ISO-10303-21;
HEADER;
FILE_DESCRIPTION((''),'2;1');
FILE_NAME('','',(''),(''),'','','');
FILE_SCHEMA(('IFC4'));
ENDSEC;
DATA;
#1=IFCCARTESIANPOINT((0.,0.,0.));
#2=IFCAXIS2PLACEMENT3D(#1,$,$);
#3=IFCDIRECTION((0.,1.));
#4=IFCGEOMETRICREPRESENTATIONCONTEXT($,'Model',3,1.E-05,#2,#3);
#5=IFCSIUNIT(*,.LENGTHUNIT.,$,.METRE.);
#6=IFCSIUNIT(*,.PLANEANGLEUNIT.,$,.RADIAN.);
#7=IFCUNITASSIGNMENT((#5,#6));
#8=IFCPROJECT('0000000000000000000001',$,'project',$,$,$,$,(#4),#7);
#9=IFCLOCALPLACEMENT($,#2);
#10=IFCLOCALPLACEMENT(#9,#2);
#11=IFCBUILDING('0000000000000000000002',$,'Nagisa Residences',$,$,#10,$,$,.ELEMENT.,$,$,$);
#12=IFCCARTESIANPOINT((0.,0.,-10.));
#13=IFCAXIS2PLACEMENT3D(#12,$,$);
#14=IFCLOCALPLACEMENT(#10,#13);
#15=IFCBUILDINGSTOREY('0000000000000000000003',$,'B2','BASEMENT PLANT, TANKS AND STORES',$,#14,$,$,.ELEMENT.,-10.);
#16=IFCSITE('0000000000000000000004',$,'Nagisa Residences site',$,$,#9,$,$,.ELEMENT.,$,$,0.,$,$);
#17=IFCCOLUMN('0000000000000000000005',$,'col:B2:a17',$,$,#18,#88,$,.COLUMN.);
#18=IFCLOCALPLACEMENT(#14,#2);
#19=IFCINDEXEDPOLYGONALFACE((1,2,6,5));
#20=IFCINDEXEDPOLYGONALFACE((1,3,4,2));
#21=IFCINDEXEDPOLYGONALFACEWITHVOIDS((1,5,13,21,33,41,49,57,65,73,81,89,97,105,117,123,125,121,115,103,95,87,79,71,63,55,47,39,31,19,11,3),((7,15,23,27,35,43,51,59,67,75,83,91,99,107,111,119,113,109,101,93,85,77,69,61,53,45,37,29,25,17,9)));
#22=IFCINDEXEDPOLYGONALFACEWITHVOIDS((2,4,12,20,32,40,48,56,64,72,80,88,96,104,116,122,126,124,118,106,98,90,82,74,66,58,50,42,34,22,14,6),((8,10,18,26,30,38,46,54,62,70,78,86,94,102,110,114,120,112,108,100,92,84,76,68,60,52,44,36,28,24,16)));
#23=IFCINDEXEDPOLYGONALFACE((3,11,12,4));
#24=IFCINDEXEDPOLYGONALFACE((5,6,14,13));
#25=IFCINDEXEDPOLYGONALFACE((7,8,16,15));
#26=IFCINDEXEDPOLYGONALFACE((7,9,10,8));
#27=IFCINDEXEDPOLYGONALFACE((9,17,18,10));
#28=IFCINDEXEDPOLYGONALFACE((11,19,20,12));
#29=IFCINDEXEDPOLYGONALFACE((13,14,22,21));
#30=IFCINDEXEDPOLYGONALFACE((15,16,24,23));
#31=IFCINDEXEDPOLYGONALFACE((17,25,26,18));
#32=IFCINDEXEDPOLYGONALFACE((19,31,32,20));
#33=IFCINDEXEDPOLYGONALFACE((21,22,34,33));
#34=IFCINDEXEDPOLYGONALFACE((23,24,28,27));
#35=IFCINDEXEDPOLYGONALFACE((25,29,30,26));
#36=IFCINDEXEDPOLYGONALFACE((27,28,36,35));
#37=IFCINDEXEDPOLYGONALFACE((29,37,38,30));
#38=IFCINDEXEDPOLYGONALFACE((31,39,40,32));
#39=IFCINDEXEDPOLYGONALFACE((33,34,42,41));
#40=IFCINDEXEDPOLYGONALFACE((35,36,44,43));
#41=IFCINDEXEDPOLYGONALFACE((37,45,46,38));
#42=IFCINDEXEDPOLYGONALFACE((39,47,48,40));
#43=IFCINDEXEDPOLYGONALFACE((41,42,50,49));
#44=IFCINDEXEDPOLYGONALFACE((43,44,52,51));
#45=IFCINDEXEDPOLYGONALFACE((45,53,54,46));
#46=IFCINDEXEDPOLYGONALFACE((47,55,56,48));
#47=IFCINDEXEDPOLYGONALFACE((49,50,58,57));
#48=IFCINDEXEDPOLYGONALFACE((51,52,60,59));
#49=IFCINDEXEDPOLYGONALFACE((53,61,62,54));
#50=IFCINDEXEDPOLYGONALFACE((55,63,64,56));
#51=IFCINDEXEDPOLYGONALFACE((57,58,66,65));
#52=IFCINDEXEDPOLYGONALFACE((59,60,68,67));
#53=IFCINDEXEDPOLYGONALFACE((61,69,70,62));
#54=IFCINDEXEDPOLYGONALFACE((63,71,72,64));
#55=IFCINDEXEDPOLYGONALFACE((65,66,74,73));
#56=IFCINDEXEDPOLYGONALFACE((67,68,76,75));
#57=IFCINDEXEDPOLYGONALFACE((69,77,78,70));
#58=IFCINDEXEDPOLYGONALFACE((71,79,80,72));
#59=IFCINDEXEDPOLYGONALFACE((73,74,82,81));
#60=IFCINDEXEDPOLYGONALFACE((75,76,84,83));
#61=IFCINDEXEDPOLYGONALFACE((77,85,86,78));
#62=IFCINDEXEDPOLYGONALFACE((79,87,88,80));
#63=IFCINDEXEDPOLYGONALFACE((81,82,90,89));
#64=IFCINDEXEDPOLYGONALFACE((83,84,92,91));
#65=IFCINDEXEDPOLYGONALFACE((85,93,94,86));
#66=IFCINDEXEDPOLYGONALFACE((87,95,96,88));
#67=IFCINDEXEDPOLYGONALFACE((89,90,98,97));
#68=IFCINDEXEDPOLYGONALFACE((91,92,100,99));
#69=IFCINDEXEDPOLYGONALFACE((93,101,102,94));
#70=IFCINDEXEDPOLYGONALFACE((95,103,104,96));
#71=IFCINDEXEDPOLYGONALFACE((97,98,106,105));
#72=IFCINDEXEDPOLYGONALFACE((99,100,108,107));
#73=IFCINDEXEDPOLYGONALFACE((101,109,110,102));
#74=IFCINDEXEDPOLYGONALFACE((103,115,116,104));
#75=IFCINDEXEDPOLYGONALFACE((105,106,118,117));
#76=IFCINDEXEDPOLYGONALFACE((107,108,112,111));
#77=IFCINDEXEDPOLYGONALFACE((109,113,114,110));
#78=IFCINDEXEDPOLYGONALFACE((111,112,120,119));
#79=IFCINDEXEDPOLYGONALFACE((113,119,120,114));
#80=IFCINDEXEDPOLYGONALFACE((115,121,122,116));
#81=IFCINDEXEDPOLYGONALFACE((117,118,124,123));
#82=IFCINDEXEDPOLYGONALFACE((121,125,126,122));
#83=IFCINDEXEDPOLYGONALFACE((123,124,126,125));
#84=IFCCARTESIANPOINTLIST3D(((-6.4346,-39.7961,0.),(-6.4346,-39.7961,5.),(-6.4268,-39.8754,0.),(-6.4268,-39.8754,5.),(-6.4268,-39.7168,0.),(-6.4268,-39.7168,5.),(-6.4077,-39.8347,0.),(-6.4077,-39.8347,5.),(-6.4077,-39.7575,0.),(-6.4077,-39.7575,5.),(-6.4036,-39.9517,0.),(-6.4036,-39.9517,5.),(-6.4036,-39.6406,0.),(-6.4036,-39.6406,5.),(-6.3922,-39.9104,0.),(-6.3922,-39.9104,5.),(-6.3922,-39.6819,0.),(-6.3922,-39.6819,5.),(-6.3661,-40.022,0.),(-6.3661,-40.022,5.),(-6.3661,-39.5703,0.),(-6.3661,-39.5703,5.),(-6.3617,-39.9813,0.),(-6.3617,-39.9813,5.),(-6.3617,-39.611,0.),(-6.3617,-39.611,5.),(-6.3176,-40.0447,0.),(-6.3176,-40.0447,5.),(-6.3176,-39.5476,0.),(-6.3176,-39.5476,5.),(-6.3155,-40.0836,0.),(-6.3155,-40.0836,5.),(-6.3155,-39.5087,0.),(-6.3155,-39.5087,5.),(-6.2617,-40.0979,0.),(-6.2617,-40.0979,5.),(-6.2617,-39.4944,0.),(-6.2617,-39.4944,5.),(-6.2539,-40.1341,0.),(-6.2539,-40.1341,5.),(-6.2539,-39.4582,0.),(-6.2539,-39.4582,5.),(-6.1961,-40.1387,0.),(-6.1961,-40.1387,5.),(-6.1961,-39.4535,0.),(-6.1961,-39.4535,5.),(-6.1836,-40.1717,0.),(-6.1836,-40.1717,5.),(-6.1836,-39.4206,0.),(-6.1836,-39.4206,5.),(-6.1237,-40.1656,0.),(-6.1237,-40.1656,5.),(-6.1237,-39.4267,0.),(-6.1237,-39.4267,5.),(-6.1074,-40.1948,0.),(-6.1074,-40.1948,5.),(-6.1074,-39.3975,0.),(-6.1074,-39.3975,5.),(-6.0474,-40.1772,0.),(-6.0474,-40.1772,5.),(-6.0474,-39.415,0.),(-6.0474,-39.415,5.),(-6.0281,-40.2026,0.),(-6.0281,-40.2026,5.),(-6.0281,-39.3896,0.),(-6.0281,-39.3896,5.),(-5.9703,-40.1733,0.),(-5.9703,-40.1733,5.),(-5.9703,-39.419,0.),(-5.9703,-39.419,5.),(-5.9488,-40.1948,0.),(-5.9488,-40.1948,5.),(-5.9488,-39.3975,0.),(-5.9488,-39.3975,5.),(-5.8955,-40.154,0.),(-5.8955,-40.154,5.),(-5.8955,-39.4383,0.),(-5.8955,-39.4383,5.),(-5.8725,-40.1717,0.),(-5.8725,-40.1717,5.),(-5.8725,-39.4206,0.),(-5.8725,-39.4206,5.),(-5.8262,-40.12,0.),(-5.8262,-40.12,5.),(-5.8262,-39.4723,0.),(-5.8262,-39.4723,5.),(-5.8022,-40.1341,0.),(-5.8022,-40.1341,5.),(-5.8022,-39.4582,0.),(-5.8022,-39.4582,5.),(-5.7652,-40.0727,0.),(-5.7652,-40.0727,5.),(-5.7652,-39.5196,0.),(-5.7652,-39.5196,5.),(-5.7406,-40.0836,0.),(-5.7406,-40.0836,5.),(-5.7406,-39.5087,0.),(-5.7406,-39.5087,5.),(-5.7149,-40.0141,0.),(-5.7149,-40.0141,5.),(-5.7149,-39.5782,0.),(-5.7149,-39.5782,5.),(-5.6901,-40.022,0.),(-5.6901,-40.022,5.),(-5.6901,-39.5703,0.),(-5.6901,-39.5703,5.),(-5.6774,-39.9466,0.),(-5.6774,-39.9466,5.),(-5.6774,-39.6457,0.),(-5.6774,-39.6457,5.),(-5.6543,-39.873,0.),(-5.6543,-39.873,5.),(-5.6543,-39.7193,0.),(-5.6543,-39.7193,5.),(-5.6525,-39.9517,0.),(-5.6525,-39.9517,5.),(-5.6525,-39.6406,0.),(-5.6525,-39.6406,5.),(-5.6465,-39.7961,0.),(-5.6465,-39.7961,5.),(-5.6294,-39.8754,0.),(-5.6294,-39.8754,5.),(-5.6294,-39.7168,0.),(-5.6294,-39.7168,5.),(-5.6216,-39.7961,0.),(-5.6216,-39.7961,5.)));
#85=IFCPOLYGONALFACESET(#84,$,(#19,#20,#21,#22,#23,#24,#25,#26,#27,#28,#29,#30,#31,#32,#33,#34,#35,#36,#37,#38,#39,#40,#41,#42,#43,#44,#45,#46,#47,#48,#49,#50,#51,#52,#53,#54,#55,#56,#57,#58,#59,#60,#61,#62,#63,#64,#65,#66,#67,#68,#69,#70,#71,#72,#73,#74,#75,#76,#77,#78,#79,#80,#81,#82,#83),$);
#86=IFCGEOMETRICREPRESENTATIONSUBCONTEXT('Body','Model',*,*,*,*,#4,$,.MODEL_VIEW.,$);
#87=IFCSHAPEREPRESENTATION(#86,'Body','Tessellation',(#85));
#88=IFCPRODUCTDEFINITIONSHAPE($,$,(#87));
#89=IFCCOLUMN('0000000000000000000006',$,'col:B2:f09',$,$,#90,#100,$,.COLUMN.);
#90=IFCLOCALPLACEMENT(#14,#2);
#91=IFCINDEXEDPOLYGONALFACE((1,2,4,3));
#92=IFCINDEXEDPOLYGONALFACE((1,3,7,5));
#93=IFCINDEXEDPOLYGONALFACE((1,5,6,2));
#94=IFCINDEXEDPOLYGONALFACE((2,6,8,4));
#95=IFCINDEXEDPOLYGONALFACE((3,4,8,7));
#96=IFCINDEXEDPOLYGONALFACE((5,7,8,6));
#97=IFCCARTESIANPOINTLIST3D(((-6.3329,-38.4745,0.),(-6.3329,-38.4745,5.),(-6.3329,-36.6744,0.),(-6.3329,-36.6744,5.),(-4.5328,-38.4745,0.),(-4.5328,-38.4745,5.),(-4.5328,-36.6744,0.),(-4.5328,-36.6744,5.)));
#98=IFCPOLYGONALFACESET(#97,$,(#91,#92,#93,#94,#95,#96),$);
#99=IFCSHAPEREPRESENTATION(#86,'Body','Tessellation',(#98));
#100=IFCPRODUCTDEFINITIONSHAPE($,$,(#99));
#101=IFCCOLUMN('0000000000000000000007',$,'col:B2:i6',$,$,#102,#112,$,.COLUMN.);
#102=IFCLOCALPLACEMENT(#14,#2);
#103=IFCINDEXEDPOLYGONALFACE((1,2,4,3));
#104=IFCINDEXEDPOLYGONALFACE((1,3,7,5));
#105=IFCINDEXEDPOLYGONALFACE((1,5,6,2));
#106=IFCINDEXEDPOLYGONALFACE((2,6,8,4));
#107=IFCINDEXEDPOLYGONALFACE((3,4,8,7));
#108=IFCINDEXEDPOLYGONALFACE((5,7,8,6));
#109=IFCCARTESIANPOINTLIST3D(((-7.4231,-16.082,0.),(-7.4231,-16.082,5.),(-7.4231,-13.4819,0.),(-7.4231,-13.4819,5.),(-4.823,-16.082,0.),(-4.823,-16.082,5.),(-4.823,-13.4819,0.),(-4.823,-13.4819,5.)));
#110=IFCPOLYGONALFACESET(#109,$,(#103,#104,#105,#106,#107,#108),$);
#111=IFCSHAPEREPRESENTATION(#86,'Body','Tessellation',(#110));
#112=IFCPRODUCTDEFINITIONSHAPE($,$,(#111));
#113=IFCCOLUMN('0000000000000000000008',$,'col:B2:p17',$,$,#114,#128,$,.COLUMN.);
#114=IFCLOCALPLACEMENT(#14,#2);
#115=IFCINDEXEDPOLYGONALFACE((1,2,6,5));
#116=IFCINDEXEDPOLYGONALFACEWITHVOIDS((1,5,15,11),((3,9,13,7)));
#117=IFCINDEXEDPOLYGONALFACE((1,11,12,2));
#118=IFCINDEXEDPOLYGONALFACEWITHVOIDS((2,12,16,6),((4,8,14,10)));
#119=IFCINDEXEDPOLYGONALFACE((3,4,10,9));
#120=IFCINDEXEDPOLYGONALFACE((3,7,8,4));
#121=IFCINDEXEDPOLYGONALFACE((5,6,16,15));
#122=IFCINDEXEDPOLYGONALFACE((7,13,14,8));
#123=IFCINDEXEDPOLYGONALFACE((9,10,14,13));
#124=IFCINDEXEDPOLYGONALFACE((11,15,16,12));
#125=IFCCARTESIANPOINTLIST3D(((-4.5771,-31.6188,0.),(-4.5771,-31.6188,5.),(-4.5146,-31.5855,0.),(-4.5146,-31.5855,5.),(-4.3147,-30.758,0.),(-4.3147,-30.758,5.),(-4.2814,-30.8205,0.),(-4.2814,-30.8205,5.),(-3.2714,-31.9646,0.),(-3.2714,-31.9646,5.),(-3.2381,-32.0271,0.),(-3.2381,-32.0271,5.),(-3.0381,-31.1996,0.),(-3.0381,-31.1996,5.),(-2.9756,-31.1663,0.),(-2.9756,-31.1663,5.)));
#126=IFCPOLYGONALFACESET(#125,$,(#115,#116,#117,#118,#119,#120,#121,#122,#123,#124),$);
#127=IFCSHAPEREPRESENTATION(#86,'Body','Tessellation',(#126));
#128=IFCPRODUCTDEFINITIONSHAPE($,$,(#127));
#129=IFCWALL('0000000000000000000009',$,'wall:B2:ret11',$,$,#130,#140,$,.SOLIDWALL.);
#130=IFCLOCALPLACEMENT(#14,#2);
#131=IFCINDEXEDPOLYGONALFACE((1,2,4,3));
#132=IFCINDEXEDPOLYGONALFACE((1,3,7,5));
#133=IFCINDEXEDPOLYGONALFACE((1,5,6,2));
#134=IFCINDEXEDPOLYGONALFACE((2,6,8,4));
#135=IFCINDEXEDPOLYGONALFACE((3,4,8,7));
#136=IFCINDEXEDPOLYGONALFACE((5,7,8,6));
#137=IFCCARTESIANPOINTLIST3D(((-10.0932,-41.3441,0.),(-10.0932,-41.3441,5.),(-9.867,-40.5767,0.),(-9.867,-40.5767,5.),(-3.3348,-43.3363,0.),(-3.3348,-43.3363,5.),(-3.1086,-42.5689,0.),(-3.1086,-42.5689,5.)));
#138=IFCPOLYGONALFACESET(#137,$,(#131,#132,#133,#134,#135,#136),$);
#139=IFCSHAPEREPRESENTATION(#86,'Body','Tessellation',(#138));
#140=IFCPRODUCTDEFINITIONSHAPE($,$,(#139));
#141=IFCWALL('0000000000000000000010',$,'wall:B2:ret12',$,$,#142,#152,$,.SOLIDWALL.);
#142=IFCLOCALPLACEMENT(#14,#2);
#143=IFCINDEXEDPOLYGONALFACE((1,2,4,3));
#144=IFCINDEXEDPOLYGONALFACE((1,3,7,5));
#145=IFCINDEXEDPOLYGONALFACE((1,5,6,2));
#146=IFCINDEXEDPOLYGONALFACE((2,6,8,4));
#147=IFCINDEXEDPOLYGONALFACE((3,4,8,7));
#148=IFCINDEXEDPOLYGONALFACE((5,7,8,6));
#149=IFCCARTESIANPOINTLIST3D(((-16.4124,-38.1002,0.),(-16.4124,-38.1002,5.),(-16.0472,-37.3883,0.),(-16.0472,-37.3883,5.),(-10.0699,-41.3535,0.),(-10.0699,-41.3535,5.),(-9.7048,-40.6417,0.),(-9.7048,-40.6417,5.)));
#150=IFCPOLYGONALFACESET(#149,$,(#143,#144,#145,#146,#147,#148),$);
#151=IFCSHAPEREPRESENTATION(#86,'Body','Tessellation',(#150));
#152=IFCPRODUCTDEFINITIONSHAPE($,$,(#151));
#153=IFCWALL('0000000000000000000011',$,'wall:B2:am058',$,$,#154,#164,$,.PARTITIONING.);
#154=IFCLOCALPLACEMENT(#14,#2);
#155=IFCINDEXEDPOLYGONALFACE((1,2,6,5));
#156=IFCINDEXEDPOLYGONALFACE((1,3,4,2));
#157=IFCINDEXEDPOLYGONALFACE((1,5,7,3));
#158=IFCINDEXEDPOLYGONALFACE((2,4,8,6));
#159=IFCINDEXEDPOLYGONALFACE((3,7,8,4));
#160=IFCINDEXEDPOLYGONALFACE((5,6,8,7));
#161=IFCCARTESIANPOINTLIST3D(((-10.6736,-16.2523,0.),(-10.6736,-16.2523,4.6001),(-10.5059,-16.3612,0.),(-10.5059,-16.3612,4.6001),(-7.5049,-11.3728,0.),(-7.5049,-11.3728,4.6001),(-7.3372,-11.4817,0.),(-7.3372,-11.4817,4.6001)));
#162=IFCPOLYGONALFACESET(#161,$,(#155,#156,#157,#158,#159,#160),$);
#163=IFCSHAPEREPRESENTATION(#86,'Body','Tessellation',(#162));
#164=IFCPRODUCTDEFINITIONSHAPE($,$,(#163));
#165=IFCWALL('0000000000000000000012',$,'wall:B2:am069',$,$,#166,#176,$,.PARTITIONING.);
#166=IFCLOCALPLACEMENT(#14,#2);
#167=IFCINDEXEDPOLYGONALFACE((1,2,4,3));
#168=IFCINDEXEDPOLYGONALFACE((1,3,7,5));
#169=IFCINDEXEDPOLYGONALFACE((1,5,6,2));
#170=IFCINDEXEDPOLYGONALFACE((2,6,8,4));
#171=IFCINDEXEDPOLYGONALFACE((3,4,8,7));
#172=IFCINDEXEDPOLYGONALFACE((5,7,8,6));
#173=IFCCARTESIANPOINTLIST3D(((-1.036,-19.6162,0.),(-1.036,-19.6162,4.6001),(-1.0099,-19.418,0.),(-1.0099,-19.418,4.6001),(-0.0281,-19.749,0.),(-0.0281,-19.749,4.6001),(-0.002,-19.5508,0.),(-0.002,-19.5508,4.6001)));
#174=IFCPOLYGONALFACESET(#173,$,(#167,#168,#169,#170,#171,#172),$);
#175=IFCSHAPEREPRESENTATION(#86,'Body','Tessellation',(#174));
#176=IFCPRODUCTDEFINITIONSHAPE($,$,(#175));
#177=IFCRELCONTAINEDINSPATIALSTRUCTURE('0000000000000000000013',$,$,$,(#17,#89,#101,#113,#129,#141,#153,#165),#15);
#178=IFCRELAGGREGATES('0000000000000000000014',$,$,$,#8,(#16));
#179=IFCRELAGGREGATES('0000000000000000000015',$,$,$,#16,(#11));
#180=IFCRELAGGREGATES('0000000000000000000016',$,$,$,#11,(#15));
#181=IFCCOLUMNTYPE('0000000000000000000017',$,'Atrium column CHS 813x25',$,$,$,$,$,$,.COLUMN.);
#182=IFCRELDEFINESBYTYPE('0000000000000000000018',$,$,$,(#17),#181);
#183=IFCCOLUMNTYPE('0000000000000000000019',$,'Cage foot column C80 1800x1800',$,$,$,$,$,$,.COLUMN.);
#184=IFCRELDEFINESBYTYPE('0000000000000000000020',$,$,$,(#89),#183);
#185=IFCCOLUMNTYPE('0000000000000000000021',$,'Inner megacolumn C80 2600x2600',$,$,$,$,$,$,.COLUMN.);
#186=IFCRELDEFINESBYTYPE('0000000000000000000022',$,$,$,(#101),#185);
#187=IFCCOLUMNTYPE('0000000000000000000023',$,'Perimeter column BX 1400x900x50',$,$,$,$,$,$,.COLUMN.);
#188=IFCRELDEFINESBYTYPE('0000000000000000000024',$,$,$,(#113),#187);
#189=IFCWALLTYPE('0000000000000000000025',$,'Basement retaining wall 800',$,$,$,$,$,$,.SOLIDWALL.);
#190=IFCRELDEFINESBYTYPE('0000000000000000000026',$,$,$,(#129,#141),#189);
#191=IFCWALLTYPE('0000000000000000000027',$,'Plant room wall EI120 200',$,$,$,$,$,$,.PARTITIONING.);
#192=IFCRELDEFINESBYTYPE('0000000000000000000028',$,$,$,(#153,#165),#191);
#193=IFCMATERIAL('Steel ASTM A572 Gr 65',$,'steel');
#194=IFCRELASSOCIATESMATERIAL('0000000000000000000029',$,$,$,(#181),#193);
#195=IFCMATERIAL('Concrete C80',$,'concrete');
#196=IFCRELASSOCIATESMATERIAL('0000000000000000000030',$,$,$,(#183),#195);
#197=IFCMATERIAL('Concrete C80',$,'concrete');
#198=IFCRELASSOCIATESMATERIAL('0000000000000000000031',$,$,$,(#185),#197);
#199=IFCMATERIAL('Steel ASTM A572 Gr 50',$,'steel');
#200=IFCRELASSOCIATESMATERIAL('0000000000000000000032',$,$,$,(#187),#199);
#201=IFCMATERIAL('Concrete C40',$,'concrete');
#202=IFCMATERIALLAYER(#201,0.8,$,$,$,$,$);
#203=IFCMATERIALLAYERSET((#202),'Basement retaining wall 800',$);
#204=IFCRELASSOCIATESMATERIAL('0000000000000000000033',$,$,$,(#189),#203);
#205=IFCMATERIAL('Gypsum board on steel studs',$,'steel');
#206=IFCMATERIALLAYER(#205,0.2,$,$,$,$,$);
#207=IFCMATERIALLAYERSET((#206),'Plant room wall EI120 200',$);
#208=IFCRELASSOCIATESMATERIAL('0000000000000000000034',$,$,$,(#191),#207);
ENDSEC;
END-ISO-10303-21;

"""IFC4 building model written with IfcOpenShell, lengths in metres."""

from ifc_helpers import new_model, si_unit, direction, frame, frame_2d, origin, origin_2d, place, context, subcontext, project, spatial, rectangle, hollow_rectangle, hollow_circle, extrude, material, layer, layer_set, material_profile, profile_set, type_object, element, save


model = new_model("IFC4")

# Units and contexts
model_context = context("Model", 3, precision=1e-05, world=origin(), true_north=direction((0.0, 1.0)))
body_context = subcontext(model_context, "Body", "Model", "MODEL_VIEW")
ifc_project = project(units=[si_unit("LENGTHUNIT", "METRE"), si_unit("PLANEANGLEUNIT", "RADIAN")], contexts=[model_context])

# Site, building, storey
site_placement = place(None, origin())
site = spatial("IfcSite", under=ifc_project, at=site_placement, Name="Nagisa Residences site", CompositionType="ELEMENT", RefElevation=0.0)
building_placement = place(site_placement, origin())
building = spatial("IfcBuilding", under=site, at=building_placement, Name="Nagisa Residences", CompositionType="ELEMENT")
storey_placement = place(building_placement, frame((0.0, 0.0, -10.0)))
storey = spatial("IfcBuildingStorey", under=building, at=storey_placement, Name="B2", Description="BASEMENT PLANT, TANKS AND STORES", CompositionType="ELEMENT", Elevation=-10.0)

# Columns
ifc_material_1 = material(Name="Steel ASTM A572 Gr 65", Category="steel")
ifc_material_profile_1 = material_profile(ifc_material_1, hollow_circle(Radius=0.4065, WallThickness=0.0249, at=origin_2d()), Name="CHS 813x25")
ifc_profile_set_1 = profile_set([ifc_material_profile_1], Name="Steel ASTM A572 Gr 65")
column_type_1 = type_object("IfcColumnType", Name="Atrium column CHS 813x25", PredefinedType="COLUMN", material=ifc_profile_set_1)
column_1_placement = place(storey_placement, frame((-6.0281, -39.7961, 0.0), z_axis=(0.0, 0.0, 1.0), x_axis=(1.0, 0.0, 0.0)))
element("IfcColumn", 1, at=column_1_placement, inside=storey, type_object=column_type_1, Name="col:B2:a17", PredefinedType="COLUMN", context=body_context, shape_type="SweptSolid", body=[
    extrude(hollow_circle(Radius=0.4065, WallThickness=0.0249, at=origin_2d()), origin(), (0.0, 0.0, 1.0), 5.0),
])
ifc_material_2 = material(Name="Concrete C80", Category="concrete")
ifc_material_profile_2 = material_profile(ifc_material_2, rectangle(XDim=1.8, YDim=1.8, at=origin_2d()), Name="C80 1800x1800")
ifc_profile_set_2 = profile_set([ifc_material_profile_2], Name="Concrete C80")
column_type_2 = type_object("IfcColumnType", Name="Cage foot column C80 1800x1800", PredefinedType="COLUMN", material=ifc_profile_set_2)
column_2_placement = place(storey_placement, frame((-5.4329, -37.5745, 0.0), z_axis=(0.0, 0.0, 1.0), x_axis=(1.0, 0.0, 0.0)))
element("IfcColumn", 2, at=column_2_placement, inside=storey, type_object=column_type_2, Name="col:B2:f09", PredefinedType="COLUMN", context=body_context, shape_type="SweptSolid", body=[
    extrude(rectangle(XDim=1.8, YDim=1.8, at=origin_2d()), origin(), (0.0, 0.0, 1.0), 5.0),
])
ifc_material_3 = material(Name="Concrete C80", Category="concrete")
ifc_material_profile_3 = material_profile(ifc_material_3, rectangle(XDim=2.6001, YDim=2.6001, at=origin_2d()), Name="C80 2600x2600")
ifc_profile_set_3 = profile_set([ifc_material_profile_3], Name="Concrete C80")
column_type_3 = type_object("IfcColumnType", Name="Inner megacolumn C80 2600x2600", PredefinedType="COLUMN", material=ifc_profile_set_3)
column_3_placement = place(storey_placement, frame((-6.123, -14.782, 0.0), z_axis=(0.0, 0.0, 1.0), x_axis=(1.0, 0.0, 0.0)))
element("IfcColumn", 3, at=column_3_placement, inside=storey, type_object=column_type_3, Name="col:B2:i6", PredefinedType="COLUMN", context=body_context, shape_type="SweptSolid", body=[
    extrude(rectangle(XDim=2.6001, YDim=2.6001, at=origin_2d()), origin(), (0.0, 0.0, 1.0), 5.0),
])
ifc_material_4 = material(Name="Steel ASTM A572 Gr 50", Category="steel")
ifc_material_profile_4 = material_profile(ifc_material_4, hollow_rectangle(XDim=1.3999, YDim=0.8999, WallThickness=0.05, at=origin_2d()), Name="BX 1400x900x50")
ifc_profile_set_4 = profile_set([ifc_material_profile_4], Name="Steel ASTM A572 Gr 50")
column_type_4 = type_object("IfcColumnType", Name="Perimeter column BX 1400x900x50", PredefinedType="COLUMN", material=ifc_profile_set_4)
column_4_placement = place(storey_placement, frame((-3.7764, -31.3926, 0.0), z_axis=(0.0, 0.0, 1.0), x_axis=(0.956525, -0.291652, 0.0)))
element("IfcColumn", 4, at=column_4_placement, inside=storey, type_object=column_type_4, Name="col:B2:p17", PredefinedType="COLUMN", context=body_context, shape_type="SweptSolid", body=[
    extrude(hollow_rectangle(XDim=1.3999, YDim=0.8999, WallThickness=0.05, at=origin_2d()), origin(), (0.0, 0.0, 1.0), 5.0),
])

# Walls
ifc_material_5 = material(Name="Concrete C40", Category="concrete")
ifc_layer_1 = layer(ifc_material_5, 0.8)
ifc_layer_set_1 = layer_set([ifc_layer_1], Name="Basement retaining wall 800")
wall_type_1 = type_object("IfcWallType", Name="Basement retaining wall 800", PredefinedType="SOLIDWALL", material=ifc_layer_set_1)
wall_1_placement = place(storey_placement, frame((-3.2217, -42.9526, 0.0), z_axis=(0.0, 0.0, 1.0), x_axis=(-0.959194, 0.282748, 0.0)))
element("IfcWall", 5, at=wall_1_placement, inside=storey, type_object=wall_type_1, Name="wall:B2:ret11", PredefinedType="SOLIDWALL", context=body_context, shape_type="SweptSolid", body=[
    extrude(rectangle(XDim=7.0459, YDim=0.8, at=frame_2d((3.5229, 0.0))), origin(), (0.0, 0.0, 1.0), 5.0),
])
wall_2_placement = place(storey_placement, frame((-9.8875, -40.9976, 0.0), z_axis=(0.0, 0.0, 1.0), x_axis=(-0.88977, 0.45641, 0.0)))
element("IfcWall", 6, at=wall_2_placement, inside=storey, type_object=wall_type_1, Name="wall:B2:ret12", PredefinedType="SOLIDWALL", context=body_context, shape_type="SweptSolid", body=[
    extrude(rectangle(XDim=7.1282, YDim=0.8, at=frame_2d((3.564, 0.0))), origin(), (0.0, 0.0, 1.0), 5.0),
])
ifc_material_6 = material(Name="Gypsum board on steel studs", Category="steel")
ifc_layer_2 = layer(ifc_material_6, 0.2)
ifc_layer_set_2 = layer_set([ifc_layer_2], Name="Plant room wall EI120 200")
wall_type_2 = type_object("IfcWallType", Name="Plant room wall EI120 200", PredefinedType="PARTITIONING", material=ifc_layer_set_2)
wall_3_placement = place(storey_placement, frame((-10.5898, -16.3069, 0.0), z_axis=(0.0, 0.0, 1.0), x_axis=(0.544637, 0.838672, 0.0)))
element("IfcWall", 7, at=wall_3_placement, inside=storey, type_object=wall_type_2, Name="wall:B2:am058", PredefinedType="PARTITIONING", context=body_context, shape_type="SweptSolid", body=[
    extrude(rectangle(XDim=5.8181, YDim=0.2, at=frame_2d((2.9092, 0.0))), origin(), (0.0, 0.0, 1.0), 4.6001),
])
wall_4_placement = place(storey_placement, frame((-1.0229, -19.5171, 0.0), z_axis=(0.0, 0.0, 1.0), x_axis=(0.991428, -0.130653, 0.0)))
element("IfcWall", 8, at=wall_4_placement, inside=storey, type_object=wall_type_2, Name="wall:B2:am069", PredefinedType="PARTITIONING", context=body_context, shape_type="SweptSolid", body=[
    extrude(rectangle(XDim=1.0166, YDim=0.2, at=frame_2d((0.5083, 0.0))), origin(), (0.0, 0.0, 1.0), 4.6001),
])

save(model, "model.ifc")
